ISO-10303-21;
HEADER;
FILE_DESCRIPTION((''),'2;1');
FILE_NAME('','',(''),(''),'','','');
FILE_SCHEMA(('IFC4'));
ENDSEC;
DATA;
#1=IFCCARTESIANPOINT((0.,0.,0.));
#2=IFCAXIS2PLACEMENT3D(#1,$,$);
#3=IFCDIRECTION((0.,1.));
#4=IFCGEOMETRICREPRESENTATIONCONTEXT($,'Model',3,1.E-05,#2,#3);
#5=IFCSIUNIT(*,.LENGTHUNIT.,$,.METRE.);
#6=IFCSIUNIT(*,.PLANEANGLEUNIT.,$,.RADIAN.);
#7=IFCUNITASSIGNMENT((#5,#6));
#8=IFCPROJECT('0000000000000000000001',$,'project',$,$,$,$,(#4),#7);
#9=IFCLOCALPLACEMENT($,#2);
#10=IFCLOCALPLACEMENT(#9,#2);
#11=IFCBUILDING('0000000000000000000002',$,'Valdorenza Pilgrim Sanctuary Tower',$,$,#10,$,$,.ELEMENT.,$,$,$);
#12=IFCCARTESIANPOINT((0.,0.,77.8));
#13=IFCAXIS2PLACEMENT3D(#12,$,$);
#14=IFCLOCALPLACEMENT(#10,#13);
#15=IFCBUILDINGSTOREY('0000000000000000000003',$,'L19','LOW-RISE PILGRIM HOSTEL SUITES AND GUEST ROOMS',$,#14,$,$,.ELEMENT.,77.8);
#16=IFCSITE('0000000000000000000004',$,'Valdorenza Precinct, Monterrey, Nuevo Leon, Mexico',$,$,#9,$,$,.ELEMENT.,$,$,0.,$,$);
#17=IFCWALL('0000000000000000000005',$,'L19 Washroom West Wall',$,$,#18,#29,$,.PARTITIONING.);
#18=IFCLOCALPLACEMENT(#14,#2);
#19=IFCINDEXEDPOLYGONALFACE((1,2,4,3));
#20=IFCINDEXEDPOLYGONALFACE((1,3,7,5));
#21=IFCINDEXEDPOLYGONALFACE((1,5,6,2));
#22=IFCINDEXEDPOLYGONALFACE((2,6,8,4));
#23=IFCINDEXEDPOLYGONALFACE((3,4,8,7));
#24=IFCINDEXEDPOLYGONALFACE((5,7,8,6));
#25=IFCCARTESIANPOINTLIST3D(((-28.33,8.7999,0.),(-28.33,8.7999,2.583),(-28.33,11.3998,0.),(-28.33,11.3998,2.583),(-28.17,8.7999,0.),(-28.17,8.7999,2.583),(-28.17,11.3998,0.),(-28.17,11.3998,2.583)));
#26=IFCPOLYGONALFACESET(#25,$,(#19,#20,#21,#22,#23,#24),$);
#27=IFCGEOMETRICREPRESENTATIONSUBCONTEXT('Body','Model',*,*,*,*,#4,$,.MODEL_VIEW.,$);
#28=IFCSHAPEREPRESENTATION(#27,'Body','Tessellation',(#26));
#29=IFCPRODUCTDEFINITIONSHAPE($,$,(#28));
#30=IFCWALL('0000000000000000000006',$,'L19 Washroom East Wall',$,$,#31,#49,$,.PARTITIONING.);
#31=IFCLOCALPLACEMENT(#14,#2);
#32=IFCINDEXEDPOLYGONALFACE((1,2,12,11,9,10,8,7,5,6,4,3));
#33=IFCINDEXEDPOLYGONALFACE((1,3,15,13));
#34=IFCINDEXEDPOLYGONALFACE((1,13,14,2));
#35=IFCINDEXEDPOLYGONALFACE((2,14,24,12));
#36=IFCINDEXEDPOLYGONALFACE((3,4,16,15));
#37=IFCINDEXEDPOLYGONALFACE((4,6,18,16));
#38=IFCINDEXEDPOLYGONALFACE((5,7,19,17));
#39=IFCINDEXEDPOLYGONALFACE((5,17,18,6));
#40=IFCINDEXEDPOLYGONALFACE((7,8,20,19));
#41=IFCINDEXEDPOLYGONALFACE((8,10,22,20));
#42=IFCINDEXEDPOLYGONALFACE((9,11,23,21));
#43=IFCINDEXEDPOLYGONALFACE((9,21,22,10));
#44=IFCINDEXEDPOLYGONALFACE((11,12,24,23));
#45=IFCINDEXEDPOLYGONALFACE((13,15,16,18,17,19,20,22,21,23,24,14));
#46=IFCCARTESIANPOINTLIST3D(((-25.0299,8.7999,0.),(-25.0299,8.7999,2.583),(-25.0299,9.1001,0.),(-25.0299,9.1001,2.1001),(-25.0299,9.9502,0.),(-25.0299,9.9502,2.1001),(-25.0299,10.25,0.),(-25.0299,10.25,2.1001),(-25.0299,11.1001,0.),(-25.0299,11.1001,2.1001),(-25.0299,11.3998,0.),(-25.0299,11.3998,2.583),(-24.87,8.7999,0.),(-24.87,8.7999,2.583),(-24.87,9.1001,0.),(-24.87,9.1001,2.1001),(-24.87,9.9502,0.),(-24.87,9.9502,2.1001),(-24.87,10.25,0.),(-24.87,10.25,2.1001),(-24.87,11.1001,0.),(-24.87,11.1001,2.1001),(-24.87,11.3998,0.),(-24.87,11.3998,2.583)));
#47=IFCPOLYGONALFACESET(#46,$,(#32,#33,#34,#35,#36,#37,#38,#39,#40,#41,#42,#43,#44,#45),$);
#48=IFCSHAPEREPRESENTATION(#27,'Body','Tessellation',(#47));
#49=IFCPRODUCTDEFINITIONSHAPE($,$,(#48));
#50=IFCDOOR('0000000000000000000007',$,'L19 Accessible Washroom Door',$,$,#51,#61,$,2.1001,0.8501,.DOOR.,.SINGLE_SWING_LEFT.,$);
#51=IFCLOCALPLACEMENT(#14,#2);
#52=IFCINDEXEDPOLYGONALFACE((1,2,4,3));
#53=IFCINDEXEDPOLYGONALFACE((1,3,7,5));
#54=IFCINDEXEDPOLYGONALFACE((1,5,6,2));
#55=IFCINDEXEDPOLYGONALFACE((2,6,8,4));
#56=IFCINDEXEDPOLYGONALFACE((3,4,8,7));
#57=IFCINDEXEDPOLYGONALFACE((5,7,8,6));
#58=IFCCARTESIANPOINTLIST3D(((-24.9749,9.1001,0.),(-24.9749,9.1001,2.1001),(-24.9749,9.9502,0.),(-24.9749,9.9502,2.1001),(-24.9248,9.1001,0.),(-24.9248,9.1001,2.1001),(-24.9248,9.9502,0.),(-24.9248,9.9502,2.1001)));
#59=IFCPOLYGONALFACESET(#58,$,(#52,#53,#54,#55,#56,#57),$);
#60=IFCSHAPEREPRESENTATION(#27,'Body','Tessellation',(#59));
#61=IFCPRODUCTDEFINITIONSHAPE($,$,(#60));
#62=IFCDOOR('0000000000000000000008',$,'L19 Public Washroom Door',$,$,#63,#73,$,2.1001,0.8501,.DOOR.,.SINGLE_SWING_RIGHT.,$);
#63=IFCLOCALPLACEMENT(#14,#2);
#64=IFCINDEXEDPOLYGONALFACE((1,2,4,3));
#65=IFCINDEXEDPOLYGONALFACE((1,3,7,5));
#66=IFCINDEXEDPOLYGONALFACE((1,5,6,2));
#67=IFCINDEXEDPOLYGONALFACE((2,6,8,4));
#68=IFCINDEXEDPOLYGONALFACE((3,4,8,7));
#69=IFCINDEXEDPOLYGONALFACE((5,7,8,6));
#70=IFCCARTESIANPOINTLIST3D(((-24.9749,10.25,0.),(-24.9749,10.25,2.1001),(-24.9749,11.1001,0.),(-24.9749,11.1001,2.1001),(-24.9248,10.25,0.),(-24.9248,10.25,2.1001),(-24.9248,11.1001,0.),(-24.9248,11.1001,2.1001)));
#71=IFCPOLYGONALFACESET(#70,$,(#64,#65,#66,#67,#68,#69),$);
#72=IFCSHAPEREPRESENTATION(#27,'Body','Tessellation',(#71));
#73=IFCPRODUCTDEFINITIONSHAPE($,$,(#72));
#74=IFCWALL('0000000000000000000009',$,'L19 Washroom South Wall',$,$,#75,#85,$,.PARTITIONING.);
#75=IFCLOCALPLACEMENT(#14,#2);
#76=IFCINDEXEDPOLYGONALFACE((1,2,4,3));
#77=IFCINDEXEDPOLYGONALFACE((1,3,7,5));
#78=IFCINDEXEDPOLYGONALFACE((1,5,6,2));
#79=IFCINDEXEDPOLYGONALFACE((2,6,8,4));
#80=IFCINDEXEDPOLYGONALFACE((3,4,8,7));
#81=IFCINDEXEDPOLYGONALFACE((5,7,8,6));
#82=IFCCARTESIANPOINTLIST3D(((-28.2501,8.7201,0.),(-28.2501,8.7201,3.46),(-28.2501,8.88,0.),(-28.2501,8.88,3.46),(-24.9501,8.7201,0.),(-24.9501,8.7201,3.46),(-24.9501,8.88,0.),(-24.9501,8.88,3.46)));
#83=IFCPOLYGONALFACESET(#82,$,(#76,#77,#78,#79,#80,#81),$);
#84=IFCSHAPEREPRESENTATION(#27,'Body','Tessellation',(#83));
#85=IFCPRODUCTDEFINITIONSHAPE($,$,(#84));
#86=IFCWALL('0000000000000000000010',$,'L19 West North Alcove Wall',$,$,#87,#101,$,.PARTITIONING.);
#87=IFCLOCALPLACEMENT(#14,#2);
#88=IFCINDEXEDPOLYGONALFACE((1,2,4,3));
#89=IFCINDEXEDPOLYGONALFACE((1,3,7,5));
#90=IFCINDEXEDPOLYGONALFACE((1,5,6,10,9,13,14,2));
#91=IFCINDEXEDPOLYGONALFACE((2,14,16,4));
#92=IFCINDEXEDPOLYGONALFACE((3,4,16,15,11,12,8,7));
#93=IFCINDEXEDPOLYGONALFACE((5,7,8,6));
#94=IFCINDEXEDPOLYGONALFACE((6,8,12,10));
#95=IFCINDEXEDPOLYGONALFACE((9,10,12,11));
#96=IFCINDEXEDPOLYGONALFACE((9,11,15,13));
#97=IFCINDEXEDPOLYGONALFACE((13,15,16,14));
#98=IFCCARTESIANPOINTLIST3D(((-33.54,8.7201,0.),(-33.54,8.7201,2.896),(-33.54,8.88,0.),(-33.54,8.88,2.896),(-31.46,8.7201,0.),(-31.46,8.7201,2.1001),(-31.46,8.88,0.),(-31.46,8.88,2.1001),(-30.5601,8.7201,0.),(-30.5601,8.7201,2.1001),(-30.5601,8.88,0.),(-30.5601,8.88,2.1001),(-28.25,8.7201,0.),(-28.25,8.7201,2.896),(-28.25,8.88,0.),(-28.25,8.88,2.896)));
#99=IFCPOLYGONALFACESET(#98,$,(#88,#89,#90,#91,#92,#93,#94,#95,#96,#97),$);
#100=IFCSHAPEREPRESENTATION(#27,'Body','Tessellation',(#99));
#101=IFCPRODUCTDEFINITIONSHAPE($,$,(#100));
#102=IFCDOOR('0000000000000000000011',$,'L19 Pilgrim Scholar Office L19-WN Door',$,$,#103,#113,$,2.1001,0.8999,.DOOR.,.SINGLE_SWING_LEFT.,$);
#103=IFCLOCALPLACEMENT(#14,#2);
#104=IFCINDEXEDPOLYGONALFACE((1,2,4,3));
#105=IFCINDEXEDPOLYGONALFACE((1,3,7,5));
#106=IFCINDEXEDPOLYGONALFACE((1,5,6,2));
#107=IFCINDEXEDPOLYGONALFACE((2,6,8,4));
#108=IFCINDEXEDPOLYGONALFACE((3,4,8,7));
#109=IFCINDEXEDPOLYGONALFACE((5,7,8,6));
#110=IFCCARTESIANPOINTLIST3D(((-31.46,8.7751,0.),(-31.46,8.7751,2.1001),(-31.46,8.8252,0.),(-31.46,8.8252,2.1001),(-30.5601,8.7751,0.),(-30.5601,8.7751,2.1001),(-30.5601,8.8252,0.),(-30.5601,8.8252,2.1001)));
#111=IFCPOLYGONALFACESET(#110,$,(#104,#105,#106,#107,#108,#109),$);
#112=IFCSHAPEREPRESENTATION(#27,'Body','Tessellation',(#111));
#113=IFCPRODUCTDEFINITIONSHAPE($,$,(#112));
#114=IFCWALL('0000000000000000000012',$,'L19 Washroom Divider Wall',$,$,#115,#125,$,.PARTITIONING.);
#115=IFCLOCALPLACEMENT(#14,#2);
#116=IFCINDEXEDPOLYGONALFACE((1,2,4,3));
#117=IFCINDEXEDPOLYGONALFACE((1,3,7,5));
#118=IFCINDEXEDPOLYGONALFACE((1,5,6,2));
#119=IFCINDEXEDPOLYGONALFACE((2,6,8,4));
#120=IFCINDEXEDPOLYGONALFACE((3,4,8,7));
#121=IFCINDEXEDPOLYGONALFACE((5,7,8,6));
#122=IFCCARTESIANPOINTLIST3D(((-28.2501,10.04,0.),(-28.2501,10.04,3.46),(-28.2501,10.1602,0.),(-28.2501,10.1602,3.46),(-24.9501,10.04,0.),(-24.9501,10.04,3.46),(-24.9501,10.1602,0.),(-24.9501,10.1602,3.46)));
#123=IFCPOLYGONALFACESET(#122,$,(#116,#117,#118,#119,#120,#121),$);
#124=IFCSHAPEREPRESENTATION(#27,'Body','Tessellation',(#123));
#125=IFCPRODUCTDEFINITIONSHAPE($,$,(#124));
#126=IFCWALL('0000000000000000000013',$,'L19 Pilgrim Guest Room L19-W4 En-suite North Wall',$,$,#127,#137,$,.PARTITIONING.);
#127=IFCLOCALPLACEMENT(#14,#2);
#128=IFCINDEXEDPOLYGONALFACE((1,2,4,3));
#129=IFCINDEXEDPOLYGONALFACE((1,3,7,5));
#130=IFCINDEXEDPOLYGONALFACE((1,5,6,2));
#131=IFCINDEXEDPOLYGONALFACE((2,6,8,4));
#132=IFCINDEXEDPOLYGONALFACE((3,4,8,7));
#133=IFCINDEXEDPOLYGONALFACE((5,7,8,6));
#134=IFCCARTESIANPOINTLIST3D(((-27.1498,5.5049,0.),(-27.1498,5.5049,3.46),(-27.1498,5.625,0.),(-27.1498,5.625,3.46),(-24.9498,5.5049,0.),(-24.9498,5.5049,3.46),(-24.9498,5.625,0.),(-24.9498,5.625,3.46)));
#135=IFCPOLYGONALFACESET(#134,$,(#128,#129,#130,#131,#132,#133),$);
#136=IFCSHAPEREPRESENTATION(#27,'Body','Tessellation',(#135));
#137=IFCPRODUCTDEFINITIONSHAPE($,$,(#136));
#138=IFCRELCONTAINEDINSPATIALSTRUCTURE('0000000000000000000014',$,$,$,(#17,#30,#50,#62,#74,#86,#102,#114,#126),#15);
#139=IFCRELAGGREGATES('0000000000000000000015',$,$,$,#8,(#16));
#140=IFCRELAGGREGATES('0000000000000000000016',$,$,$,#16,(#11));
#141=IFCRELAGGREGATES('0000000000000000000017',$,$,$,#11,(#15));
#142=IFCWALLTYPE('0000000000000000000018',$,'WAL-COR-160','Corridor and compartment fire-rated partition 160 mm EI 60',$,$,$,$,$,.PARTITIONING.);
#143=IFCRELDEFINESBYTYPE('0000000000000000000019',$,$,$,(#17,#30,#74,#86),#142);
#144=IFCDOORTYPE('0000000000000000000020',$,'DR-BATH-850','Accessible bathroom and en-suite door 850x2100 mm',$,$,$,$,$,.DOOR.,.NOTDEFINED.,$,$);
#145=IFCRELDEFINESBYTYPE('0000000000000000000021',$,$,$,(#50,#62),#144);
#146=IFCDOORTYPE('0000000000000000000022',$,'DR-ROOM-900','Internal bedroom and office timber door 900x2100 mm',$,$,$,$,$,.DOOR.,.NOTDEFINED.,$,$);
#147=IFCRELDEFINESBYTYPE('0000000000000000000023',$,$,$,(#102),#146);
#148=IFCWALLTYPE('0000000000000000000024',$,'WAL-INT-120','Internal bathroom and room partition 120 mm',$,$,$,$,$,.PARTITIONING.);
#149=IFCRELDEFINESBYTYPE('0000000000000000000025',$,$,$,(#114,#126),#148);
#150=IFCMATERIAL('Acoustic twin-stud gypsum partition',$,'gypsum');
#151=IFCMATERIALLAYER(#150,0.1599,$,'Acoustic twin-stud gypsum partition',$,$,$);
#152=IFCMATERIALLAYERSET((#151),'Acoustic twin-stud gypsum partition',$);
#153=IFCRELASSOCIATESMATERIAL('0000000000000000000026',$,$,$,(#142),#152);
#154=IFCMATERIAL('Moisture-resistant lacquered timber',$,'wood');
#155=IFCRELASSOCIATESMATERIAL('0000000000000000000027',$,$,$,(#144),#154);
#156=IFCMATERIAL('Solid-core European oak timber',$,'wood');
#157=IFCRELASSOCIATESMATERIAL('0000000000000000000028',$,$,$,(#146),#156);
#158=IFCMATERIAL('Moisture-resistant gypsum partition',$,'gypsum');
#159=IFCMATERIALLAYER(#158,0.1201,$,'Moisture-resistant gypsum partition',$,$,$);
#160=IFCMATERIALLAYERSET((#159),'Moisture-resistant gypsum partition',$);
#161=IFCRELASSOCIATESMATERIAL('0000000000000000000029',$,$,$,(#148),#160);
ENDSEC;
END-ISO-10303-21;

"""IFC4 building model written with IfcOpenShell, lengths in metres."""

from ifc_helpers import new_model, si_unit, direction, frame, frame_2d, origin, place, context, subcontext, project, spatial, rectangle, extrude, material, layer, layer_set, type_object, element, fill, save


model = new_model("IFC4")

# Units and contexts
model_context = context("Model", 3, precision=1e-05, world=origin(), true_north=direction((0.0, 1.0)))
body_context = subcontext(model_context, "Body", "Model", "MODEL_VIEW")
ifc_project = project(units=[si_unit("LENGTHUNIT", "METRE"), si_unit("PLANEANGLEUNIT", "RADIAN")], contexts=[model_context])

# Site, building, storey
site_placement = place(None, origin())
site = spatial("IfcSite", under=ifc_project, at=site_placement, Name="Valdorenza Precinct, Monterrey, Nuevo Leon, Mexico", CompositionType="ELEMENT", RefElevation=0.0)
building_placement = place(site_placement, origin())
building = spatial("IfcBuilding", under=site, at=building_placement, Name="Valdorenza Pilgrim Sanctuary Tower", CompositionType="ELEMENT")
storey_placement = place(building_placement, frame((0.0, 0.0, 77.8)))
storey = spatial("IfcBuildingStorey", under=building, at=storey_placement, Name="L19", Description="LOW-RISE PILGRIM HOSTEL SUITES AND GUEST ROOMS", CompositionType="ELEMENT", Elevation=77.8)

# Wall
ifc_material_1 = material(Name="Acoustic twin-stud gypsum partition", Category="gypsum")
ifc_layer_1 = layer(ifc_material_1, 0.1599, Name="Acoustic twin-stud gypsum partition")
ifc_layer_set_1 = layer_set([ifc_layer_1], Name="Acoustic twin-stud gypsum partition")
wall_type_1 = type_object("IfcWallType", Name="WAL-COR-160", Description="Corridor and compartment fire-rated partition 160 mm EI 60", PredefinedType="PARTITIONING", material=ifc_layer_set_1)
wall_1_placement = place(storey_placement, frame((-28.25, 8.8, 0.0), z_axis=(0.0, 0.0, 1.0), x_axis=(0.0, 1.0, 0.0)))
element("IfcWall", 1, at=wall_1_placement, inside=storey, type_object=wall_type_1, Name="L19 Washroom West Wall", PredefinedType="PARTITIONING", context=body_context, shape_type="SweptSolid", body=[
    extrude(rectangle(XDim=2.5999, YDim=0.1599, at=frame_2d((1.2998, 0.0))), origin(), (0.0, 0.0, 1.0), 2.583),
])

# Wall, openings, doors
wall_2_placement = place(storey_placement, frame((-24.95, 8.8, 0.0), z_axis=(0.0, 0.0, 1.0), x_axis=(0.0, 1.0, 0.0)))
wall_2 = element("IfcWall", 2, at=wall_2_placement, inside=storey, type_object=wall_type_1, Name="L19 Washroom East Wall", PredefinedType="PARTITIONING", context=body_context, shape_type="SweptSolid", body=[
    extrude(rectangle(XDim=2.5999, YDim=0.1599, at=frame_2d((1.2998, 0.0))), origin(), (0.0, 0.0, 1.0), 2.583),
])
opening_1_placement = place(wall_2_placement, frame((0.3, 0.0, 0.0)))
opening_1 = element("IfcOpeningElement", 3, at=opening_1_placement, cuts=wall_2, PredefinedType="OPENING", context=body_context, shape_type="SweptSolid", body=[
    extrude(rectangle(XDim=0.8501, YDim=2.1001, at=frame_2d((0.425, 1.05))), frame((0.0, 0.0947, 0.0), z_axis=(0.0, -1.0, 0.0), x_axis=(1.0, 0.0, 0.0)), (0.0, 0.0, 1.0), 0.1897),
])
opening_2_placement = place(wall_2_placement, frame((1.45, 0.0, 0.0)))
opening_2 = element("IfcOpeningElement", 4, at=opening_2_placement, cuts=wall_2, PredefinedType="OPENING", context=body_context, shape_type="SweptSolid", body=[
    extrude(rectangle(XDim=0.8501, YDim=2.1001, at=frame_2d((0.425, 1.05))), frame((0.0, 0.0947, 0.0), z_axis=(0.0, -1.0, 0.0), x_axis=(1.0, 0.0, 0.0)), (0.0, 0.0, 1.0), 0.1897),
])
ifc_material_2 = material(Name="Moisture-resistant lacquered timber", Category="wood")
door_type_1 = type_object("IfcDoorType", Name="DR-BATH-850", Description="Accessible bathroom and en-suite door 850x2100 mm", OperationType="NOTDEFINED", PredefinedType="DOOR", material=ifc_material_2)
door_1_placement = place(opening_1_placement, origin())
door_1 = element("IfcDoor", 5, at=door_1_placement, inside=storey, type_object=door_type_1, Name="L19 Accessible Washroom Door", OperationType="SINGLE_SWING_LEFT", OverallHeight=2.1001, OverallWidth=0.8501, PredefinedType="DOOR", context=body_context, shape_type="SweptSolid", body=[
    extrude(rectangle(XDim=0.8501, YDim=2.1001, at=frame_2d((0.425, 1.05))), frame((0.0, 0.0249, 0.0), z_axis=(0.0, -1.0, 0.0), x_axis=(1.0, 0.0, 0.0)), (0.0, 0.0, 1.0), 0.05),
])
fill(opening_1, door_1)
door_2_placement = place(opening_2_placement, origin())
door_2 = element("IfcDoor", 6, at=door_2_placement, inside=storey, type_object=door_type_1, Name="L19 Public Washroom Door", OperationType="SINGLE_SWING_RIGHT", OverallHeight=2.1001, OverallWidth=0.8501, PredefinedType="DOOR", context=body_context, shape_type="SweptSolid", body=[
    extrude(rectangle(XDim=0.8501, YDim=2.1001, at=frame_2d((0.425, 1.05))), frame((0.0, 0.0249, 0.0), z_axis=(0.0, -1.0, 0.0), x_axis=(1.0, 0.0, 0.0)), (0.0, 0.0, 1.0), 0.05),
])
fill(opening_2, door_2)

# Wall
wall_3_placement = place(storey_placement, frame((-28.25, 8.8, 0.0), z_axis=(0.0, 0.0, 1.0), x_axis=(1.0, 0.0, 0.0)))
element("IfcWall", 7, at=wall_3_placement, inside=storey, type_object=wall_type_1, Name="L19 Washroom South Wall", PredefinedType="PARTITIONING", context=body_context, shape_type="SweptSolid", body=[
    extrude(rectangle(XDim=3.3, YDim=0.1599, at=frame_2d((1.6499, 0.0))), origin(), (0.0, 0.0, 1.0), 3.46),
])

# Wall, opening, door
wall_4_placement = place(storey_placement, frame((-33.54, 8.8, 0.0), z_axis=(0.0, 0.0, 1.0), x_axis=(1.0, 0.0, 0.0)))
wall_4 = element("IfcWall", 8, at=wall_4_placement, inside=storey, type_object=wall_type_1, Name="L19 West North Alcove Wall", PredefinedType="PARTITIONING", context=body_context, shape_type="SweptSolid", body=[
    extrude(rectangle(XDim=5.29, YDim=0.1599, at=frame_2d((2.645, 0.0))), origin(), (0.0, 0.0, 1.0), 2.896),
])
opening_3_placement = place(wall_4_placement, frame((2.0801, 0.0, 0.0)))
opening_3 = element("IfcOpeningElement", 9, at=opening_3_placement, cuts=wall_4, PredefinedType="OPENING", context=body_context, shape_type="SweptSolid", body=[
    extrude(rectangle(XDim=0.8999, YDim=2.1001, at=frame_2d((0.45, 1.05))), frame((0.0, 0.0947, 0.0), z_axis=(0.0, -1.0, 0.0), x_axis=(1.0, 0.0, 0.0)), (0.0, 0.0, 1.0), 0.1897),
])
ifc_material_3 = material(Name="Solid-core European oak timber", Category="wood")
door_type_2 = type_object("IfcDoorType", Name="DR-ROOM-900", Description="Internal bedroom and office timber door 900x2100 mm", OperationType="NOTDEFINED", PredefinedType="DOOR", material=ifc_material_3)
door_3_placement = place(opening_3_placement, frame((0.8999, 0.0, 0.0), z_axis=(0.0, 0.0, 1.0), x_axis=(-1.0, 0.0, 0.0)))
door_3 = element("IfcDoor", 10, at=door_3_placement, inside=storey, type_object=door_type_2, Name="L19 Pilgrim Scholar Office L19-WN Door", OperationType="SINGLE_SWING_LEFT", OverallHeight=2.1001, OverallWidth=0.8999, PredefinedType="DOOR", context=body_context, shape_type="SweptSolid", body=[
    extrude(rectangle(XDim=0.8999, YDim=2.1001, at=frame_2d((0.45, 1.05))), frame((0.0, 0.0249, 0.0), z_axis=(0.0, -1.0, 0.0), x_axis=(1.0, 0.0, 0.0)), (0.0, 0.0, 1.0), 0.05),
])
fill(opening_3, door_3)

# Walls
ifc_material_4 = material(Name="Moisture-resistant gypsum partition", Category="gypsum")
ifc_layer_2 = layer(ifc_material_4, 0.1201, Name="Moisture-resistant gypsum partition")
ifc_layer_set_2 = layer_set([ifc_layer_2], Name="Moisture-resistant gypsum partition")
wall_type_2 = type_object("IfcWallType", Name="WAL-INT-120", Description="Internal bathroom and room partition 120 mm", PredefinedType="PARTITIONING", material=ifc_layer_set_2)
wall_5_placement = place(storey_placement, frame((-28.25, 10.1001, 0.0), z_axis=(0.0, 0.0, 1.0), x_axis=(1.0, 0.0, 0.0)))
element("IfcWall", 11, at=wall_5_placement, inside=storey, type_object=wall_type_2, Name="L19 Washroom Divider Wall", PredefinedType="PARTITIONING", context=body_context, shape_type="SweptSolid", body=[
    extrude(rectangle(XDim=3.3, YDim=0.1201, at=frame_2d((1.6499, 0.0))), origin(), (0.0, 0.0, 1.0), 3.46),
])
wall_6_placement = place(storey_placement, frame((-27.1499, 5.5649, 0.0), z_axis=(0.0, 0.0, 1.0), x_axis=(1.0, 0.0, 0.0)))
element("IfcWall", 12, at=wall_6_placement, inside=storey, type_object=wall_type_2, Name="L19 Pilgrim Guest Room L19-W4 En-suite North Wall", PredefinedType="PARTITIONING", context=body_context, shape_type="SweptSolid", body=[
    extrude(rectangle(XDim=2.2, YDim=0.1201, at=frame_2d((1.1001, 0.0))), origin(), (0.0, 0.0, 1.0), 3.46),
])

save(model, "model.ifc")
